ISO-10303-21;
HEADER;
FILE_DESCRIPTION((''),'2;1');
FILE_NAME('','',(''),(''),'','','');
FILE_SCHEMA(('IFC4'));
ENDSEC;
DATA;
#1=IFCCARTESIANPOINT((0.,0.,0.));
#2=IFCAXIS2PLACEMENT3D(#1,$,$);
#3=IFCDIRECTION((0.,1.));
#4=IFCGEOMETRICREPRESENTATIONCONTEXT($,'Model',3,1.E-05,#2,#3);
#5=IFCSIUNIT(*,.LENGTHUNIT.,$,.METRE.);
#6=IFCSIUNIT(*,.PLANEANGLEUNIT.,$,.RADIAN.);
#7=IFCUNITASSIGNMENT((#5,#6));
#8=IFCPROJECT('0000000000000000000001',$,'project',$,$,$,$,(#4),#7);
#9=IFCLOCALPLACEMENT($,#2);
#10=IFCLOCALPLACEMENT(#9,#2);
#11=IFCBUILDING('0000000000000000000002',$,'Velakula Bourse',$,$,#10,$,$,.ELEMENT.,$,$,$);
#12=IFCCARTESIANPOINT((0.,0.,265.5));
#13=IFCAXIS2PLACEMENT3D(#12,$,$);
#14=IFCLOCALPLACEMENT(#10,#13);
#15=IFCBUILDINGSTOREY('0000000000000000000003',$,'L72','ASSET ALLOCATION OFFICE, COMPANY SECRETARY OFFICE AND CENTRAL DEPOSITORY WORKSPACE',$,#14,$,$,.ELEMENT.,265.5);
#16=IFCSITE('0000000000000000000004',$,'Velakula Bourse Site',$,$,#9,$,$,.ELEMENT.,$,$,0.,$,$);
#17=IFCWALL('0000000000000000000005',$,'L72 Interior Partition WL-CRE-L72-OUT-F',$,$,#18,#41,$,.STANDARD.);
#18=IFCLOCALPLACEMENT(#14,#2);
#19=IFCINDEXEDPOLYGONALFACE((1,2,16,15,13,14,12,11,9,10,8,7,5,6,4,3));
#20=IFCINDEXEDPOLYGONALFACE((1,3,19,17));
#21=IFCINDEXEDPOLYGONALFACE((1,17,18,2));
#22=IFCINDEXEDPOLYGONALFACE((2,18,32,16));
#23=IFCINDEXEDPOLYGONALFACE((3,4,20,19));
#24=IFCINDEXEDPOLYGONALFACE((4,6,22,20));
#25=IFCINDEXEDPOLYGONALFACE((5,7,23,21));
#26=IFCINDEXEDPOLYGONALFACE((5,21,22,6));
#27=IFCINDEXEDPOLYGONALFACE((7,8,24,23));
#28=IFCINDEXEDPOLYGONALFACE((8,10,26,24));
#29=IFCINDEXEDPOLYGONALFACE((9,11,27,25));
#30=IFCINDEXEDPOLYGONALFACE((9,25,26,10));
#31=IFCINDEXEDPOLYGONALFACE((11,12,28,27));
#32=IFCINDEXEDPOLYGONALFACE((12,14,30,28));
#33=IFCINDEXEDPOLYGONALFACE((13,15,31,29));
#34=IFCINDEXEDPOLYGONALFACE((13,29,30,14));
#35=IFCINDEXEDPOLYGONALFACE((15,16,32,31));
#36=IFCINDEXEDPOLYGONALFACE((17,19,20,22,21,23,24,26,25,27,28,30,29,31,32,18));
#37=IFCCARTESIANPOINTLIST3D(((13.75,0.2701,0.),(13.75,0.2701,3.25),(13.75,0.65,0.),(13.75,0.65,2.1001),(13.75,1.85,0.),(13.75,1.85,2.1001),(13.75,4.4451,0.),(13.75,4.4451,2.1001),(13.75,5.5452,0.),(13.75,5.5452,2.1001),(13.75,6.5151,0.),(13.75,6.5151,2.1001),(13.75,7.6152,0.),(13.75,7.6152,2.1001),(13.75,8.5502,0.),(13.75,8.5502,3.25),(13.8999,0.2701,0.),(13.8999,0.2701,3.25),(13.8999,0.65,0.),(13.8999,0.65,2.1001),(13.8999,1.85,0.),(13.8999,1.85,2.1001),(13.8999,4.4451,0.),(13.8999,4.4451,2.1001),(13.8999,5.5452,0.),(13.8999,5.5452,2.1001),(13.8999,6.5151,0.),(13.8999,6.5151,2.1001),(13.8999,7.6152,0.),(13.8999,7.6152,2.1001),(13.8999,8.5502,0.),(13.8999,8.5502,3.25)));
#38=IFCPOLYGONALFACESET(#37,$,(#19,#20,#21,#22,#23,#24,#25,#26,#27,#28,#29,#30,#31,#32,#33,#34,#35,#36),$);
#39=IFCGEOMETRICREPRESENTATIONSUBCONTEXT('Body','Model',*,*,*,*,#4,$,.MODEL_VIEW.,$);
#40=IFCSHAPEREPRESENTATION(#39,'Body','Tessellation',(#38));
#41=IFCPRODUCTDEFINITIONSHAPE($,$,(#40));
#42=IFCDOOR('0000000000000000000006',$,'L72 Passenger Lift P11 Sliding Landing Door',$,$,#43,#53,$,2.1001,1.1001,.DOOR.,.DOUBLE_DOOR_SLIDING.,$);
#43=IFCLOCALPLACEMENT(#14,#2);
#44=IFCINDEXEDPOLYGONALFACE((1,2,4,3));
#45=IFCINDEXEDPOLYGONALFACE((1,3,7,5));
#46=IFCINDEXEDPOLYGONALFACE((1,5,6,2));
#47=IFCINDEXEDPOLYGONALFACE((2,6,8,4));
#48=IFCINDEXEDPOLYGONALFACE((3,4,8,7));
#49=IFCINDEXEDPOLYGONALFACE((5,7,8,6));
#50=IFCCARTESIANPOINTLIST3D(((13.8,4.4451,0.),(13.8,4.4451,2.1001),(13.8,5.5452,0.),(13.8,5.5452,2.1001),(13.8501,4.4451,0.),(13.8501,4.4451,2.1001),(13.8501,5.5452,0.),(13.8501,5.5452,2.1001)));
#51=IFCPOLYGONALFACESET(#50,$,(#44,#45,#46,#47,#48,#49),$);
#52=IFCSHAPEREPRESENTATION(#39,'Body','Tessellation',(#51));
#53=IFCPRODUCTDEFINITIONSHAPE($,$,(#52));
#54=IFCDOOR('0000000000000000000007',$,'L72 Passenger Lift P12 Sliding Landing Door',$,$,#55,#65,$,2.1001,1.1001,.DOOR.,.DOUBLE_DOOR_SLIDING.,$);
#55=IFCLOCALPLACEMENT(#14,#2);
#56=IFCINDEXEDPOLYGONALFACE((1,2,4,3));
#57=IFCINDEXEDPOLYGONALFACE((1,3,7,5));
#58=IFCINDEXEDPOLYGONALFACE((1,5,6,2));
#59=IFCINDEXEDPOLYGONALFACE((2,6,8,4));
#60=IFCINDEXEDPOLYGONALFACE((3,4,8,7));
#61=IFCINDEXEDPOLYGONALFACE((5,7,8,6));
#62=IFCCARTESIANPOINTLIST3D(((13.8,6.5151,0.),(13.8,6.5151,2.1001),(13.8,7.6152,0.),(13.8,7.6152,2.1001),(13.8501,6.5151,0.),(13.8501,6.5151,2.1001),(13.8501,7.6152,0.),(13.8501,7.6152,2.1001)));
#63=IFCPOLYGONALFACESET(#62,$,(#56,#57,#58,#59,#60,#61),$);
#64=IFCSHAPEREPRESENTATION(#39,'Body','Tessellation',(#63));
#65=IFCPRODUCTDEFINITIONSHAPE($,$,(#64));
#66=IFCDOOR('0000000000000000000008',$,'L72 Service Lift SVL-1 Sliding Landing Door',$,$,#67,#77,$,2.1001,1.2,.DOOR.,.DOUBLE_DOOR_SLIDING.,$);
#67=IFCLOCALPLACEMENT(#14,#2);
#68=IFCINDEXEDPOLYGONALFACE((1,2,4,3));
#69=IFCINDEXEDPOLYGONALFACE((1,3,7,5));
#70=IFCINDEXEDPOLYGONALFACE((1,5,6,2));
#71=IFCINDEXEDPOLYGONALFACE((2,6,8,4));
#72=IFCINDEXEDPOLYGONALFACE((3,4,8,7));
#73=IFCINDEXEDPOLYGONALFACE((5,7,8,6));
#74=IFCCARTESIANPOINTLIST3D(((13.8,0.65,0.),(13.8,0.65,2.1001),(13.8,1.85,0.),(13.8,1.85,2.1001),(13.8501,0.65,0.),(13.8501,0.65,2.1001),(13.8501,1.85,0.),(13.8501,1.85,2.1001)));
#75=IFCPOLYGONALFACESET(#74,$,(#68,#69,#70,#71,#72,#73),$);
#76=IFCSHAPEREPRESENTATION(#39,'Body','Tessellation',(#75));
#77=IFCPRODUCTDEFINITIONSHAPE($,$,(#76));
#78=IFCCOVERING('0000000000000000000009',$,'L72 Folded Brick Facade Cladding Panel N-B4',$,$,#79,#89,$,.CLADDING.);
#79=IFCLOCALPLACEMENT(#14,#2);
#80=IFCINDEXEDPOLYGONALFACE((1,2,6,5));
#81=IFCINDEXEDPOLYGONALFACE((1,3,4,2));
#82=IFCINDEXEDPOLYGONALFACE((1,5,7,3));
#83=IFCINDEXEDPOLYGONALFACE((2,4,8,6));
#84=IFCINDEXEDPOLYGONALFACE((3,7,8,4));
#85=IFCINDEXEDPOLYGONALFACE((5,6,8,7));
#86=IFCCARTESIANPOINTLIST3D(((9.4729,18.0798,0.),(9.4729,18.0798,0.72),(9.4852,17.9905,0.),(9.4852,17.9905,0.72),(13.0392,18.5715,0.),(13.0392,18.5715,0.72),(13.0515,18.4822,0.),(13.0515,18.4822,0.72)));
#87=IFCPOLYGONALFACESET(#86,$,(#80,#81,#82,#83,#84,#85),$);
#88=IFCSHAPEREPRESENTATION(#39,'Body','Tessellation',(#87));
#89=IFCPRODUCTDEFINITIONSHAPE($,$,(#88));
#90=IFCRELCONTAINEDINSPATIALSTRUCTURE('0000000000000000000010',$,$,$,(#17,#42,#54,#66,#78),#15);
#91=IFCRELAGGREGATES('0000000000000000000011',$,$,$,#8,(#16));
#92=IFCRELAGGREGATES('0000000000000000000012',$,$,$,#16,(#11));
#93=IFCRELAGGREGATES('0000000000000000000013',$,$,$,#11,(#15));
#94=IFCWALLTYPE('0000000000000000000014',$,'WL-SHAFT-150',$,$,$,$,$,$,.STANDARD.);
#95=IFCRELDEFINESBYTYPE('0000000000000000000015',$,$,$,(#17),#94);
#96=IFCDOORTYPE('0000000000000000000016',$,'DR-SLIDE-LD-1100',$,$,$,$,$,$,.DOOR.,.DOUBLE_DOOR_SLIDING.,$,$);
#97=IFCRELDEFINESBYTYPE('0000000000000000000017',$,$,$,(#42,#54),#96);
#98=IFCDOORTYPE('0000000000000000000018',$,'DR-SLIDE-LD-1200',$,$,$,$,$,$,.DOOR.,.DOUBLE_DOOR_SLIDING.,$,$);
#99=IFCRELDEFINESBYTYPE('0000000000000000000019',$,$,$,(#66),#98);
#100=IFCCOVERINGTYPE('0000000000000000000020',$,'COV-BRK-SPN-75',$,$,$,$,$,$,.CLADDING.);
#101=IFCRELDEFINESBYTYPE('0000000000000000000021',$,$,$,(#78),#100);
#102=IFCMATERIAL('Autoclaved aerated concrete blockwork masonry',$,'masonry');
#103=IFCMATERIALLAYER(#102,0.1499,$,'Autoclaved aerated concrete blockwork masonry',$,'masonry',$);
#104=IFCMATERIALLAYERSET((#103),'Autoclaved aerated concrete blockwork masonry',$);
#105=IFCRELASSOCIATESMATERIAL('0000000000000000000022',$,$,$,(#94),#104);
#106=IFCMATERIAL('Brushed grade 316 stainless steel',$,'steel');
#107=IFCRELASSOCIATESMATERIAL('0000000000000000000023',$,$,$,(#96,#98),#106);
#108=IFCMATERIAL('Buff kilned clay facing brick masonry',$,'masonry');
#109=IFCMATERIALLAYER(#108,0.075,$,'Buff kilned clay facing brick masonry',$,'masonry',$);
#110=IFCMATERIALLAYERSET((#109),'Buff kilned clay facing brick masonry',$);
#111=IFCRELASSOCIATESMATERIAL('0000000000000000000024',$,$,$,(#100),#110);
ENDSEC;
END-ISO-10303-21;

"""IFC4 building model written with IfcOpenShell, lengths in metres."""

from ifc_helpers import new_model, si_unit, direction, frame, frame_2d, origin, origin_2d, place, context, subcontext, project, spatial, rectangle, extrude, material, layer, layer_set, type_object, element, fill, save


model = new_model("IFC4")

# Units and contexts
model_context = context("Model", 3, precision=1e-05, world=origin(), true_north=direction((0.0, 1.0)))
body_context = subcontext(model_context, "Body", "Model", "MODEL_VIEW")
ifc_project = project(units=[si_unit("LENGTHUNIT", "METRE"), si_unit("PLANEANGLEUNIT", "RADIAN")], contexts=[model_context])

# Site, building, storey
site_placement = place(None, origin())
site = spatial("IfcSite", under=ifc_project, at=site_placement, Name="Velakula Bourse Site", CompositionType="ELEMENT", RefElevation=0.0)
building_placement = place(site_placement, origin())
building = spatial("IfcBuilding", under=site, at=building_placement, Name="Velakula Bourse", CompositionType="ELEMENT")
storey_placement = place(building_placement, frame((0.0, 0.0, 265.5)))
storey = spatial("IfcBuildingStorey", under=building, at=storey_placement, Name="L72", Description="ASSET ALLOCATION OFFICE, COMPANY SECRETARY OFFICE AND CENTRAL DEPOSITORY WORKSPACE", CompositionType="ELEMENT", Elevation=265.5)

# Shared definitions
ifc_material_1 = material(Name="Buff kilned clay facing brick masonry", Category="masonry")

# Shared definitions
ifc_material_2 = material(Name="Autoclaved aerated concrete blockwork masonry", Category="masonry")
ifc_layer_1 = layer(ifc_material_2, 0.1499, Name="Autoclaved aerated concrete blockwork masonry", Category="masonry")
ifc_layer_set_1 = layer_set([ifc_layer_1], Name="Autoclaved aerated concrete blockwork masonry")
wall_type_1 = type_object("IfcWallType", Name="WL-SHAFT-150", PredefinedType="STANDARD", material=ifc_layer_set_1)

# Wall, openings, doors
wall_1_placement = place(storey_placement, frame((13.825, 0.27, 0.0), z_axis=(0.0, 0.0, 1.0), x_axis=(0.0, 1.0, 0.0)))
wall_1 = element("IfcWall", 1, at=wall_1_placement, inside=storey, type_object=wall_type_1, Name="L72 Interior Partition WL-CRE-L72-OUT-F", PredefinedType="STANDARD", context=body_context, shape_type="SweptSolid", body=[
    extrude(rectangle(XDim=8.28, YDim=0.1499, at=frame_2d((4.1401, 0.0))), origin(), (0.0, 0.0, 1.0), 3.25),
])
opening_1_placement = place(wall_1_placement, frame((4.175, 0.0, 0.0)))
opening_1 = element("IfcOpeningElement", 2, at=opening_1_placement, cuts=wall_1, PredefinedType="OPENING", context=body_context, shape_type="SweptSolid", body=[
    extrude(rectangle(XDim=1.1001, YDim=2.1001, at=frame_2d((0.55, 1.05))), frame((0.0, 0.085, 0.0), z_axis=(0.0, -1.0, 0.0), x_axis=(1.0, 0.0, 0.0)), (0.0, 0.0, 1.0), 0.1699),
])
opening_2_placement = place(wall_1_placement, frame((6.2451, 0.0, 0.0)))
opening_2 = element("IfcOpeningElement", 3, at=opening_2_placement, cuts=wall_1, PredefinedType="OPENING", context=body_context, shape_type="SweptSolid", body=[
    extrude(rectangle(XDim=1.1001, YDim=2.1001, at=frame_2d((0.55, 1.05))), frame((0.0, 0.085, 0.0), z_axis=(0.0, -1.0, 0.0), x_axis=(1.0, 0.0, 0.0)), (0.0, 0.0, 1.0), 0.1699),
])
opening_3_placement = place(wall_1_placement, frame((0.3799, 0.0, 0.0)))
opening_3 = element("IfcOpeningElement", 4, at=opening_3_placement, cuts=wall_1, PredefinedType="OPENING", context=body_context, shape_type="SweptSolid", body=[
    extrude(rectangle(XDim=1.2, YDim=2.1001, at=frame_2d((0.6001, 1.05))), frame((0.0, 0.085, 0.0), z_axis=(0.0, -1.0, 0.0), x_axis=(1.0, 0.0, 0.0)), (0.0, 0.0, 1.0), 0.1699),
])
ifc_material_3 = material(Name="Brushed grade 316 stainless steel", Category="steel")
door_type_1 = type_object("IfcDoorType", Name="DR-SLIDE-LD-1100", OperationType="DOUBLE_DOOR_SLIDING", PredefinedType="DOOR", material=ifc_material_3)
door_1_placement = place(opening_1_placement, origin())
door_1 = element("IfcDoor", 5, at=door_1_placement, inside=storey, type_object=door_type_1, Name="L72 Passenger Lift P11 Sliding Landing Door", OperationType="DOUBLE_DOOR_SLIDING", OverallHeight=2.1001, OverallWidth=1.1001, PredefinedType="DOOR", context=body_context, shape_type="SweptSolid", body=[
    extrude(rectangle(XDim=1.1001, YDim=2.1001, at=frame_2d((0.55, 1.05))), frame((0.0, 0.0249, 0.0), z_axis=(0.0, -1.0, 0.0), x_axis=(1.0, 0.0, 0.0)), (0.0, 0.0, 1.0), 0.05),
])
fill(opening_1, door_1)
door_2_placement = place(opening_2_placement, origin())
door_2 = element("IfcDoor", 6, at=door_2_placement, inside=storey, type_object=door_type_1, Name="L72 Passenger Lift P12 Sliding Landing Door", OperationType="DOUBLE_DOOR_SLIDING", OverallHeight=2.1001, OverallWidth=1.1001, PredefinedType="DOOR", context=body_context, shape_type="SweptSolid", body=[
    extrude(rectangle(XDim=1.1001, YDim=2.1001, at=frame_2d((0.55, 1.05))), frame((0.0, 0.0249, 0.0), z_axis=(0.0, -1.0, 0.0), x_axis=(1.0, 0.0, 0.0)), (0.0, 0.0, 1.0), 0.05),
])
fill(opening_2, door_2)
door_type_2 = type_object("IfcDoorType", Name="DR-SLIDE-LD-1200", OperationType="DOUBLE_DOOR_SLIDING", PredefinedType="DOOR", material=ifc_material_3)
door_3_placement = place(opening_3_placement, origin())
door_3 = element("IfcDoor", 7, at=door_3_placement, inside=storey, type_object=door_type_2, Name="L72 Service Lift SVL-1 Sliding Landing Door", OperationType="DOUBLE_DOOR_SLIDING", OverallHeight=2.1001, OverallWidth=1.2, PredefinedType="DOOR", context=body_context, shape_type="SweptSolid", body=[
    extrude(rectangle(XDim=1.2, YDim=2.1001, at=frame_2d((0.6001, 1.05))), frame((0.0, 0.0249, 0.0), z_axis=(0.0, -1.0, 0.0), x_axis=(1.0, 0.0, 0.0)), (0.0, 0.0, 1.0), 0.05),
])
fill(opening_3, door_3)

# Covering
ifc_layer_2 = layer(ifc_material_1, 0.075, Name="Buff kilned clay facing brick masonry", Category="masonry")
ifc_layer_set_2 = layer_set([ifc_layer_2], Name="Buff kilned clay facing brick masonry")
covering_type = type_object("IfcCoveringType", Name="COV-BRK-SPN-75", PredefinedType="CLADDING", material=ifc_layer_set_2)
covering_placement = place(storey_placement, frame((11.2622, 18.281, 0.0), z_axis=(0.0, 0.0, 1.0), x_axis=(0.990629, 0.13658, 0.0)))
element("IfcCovering", 8, at=covering_placement, inside=storey, type_object=covering_type, Name="L72 Folded Brick Facade Cladding Panel N-B4", PredefinedType="CLADDING", context=body_context, shape_type="SweptSolid", body=[
    extrude(rectangle(XDim=3.6001, YDim=0.0901, at=origin_2d()), origin(), (0.0, 0.0, 1.0), 0.72),
])

save(model, "model.ifc")
